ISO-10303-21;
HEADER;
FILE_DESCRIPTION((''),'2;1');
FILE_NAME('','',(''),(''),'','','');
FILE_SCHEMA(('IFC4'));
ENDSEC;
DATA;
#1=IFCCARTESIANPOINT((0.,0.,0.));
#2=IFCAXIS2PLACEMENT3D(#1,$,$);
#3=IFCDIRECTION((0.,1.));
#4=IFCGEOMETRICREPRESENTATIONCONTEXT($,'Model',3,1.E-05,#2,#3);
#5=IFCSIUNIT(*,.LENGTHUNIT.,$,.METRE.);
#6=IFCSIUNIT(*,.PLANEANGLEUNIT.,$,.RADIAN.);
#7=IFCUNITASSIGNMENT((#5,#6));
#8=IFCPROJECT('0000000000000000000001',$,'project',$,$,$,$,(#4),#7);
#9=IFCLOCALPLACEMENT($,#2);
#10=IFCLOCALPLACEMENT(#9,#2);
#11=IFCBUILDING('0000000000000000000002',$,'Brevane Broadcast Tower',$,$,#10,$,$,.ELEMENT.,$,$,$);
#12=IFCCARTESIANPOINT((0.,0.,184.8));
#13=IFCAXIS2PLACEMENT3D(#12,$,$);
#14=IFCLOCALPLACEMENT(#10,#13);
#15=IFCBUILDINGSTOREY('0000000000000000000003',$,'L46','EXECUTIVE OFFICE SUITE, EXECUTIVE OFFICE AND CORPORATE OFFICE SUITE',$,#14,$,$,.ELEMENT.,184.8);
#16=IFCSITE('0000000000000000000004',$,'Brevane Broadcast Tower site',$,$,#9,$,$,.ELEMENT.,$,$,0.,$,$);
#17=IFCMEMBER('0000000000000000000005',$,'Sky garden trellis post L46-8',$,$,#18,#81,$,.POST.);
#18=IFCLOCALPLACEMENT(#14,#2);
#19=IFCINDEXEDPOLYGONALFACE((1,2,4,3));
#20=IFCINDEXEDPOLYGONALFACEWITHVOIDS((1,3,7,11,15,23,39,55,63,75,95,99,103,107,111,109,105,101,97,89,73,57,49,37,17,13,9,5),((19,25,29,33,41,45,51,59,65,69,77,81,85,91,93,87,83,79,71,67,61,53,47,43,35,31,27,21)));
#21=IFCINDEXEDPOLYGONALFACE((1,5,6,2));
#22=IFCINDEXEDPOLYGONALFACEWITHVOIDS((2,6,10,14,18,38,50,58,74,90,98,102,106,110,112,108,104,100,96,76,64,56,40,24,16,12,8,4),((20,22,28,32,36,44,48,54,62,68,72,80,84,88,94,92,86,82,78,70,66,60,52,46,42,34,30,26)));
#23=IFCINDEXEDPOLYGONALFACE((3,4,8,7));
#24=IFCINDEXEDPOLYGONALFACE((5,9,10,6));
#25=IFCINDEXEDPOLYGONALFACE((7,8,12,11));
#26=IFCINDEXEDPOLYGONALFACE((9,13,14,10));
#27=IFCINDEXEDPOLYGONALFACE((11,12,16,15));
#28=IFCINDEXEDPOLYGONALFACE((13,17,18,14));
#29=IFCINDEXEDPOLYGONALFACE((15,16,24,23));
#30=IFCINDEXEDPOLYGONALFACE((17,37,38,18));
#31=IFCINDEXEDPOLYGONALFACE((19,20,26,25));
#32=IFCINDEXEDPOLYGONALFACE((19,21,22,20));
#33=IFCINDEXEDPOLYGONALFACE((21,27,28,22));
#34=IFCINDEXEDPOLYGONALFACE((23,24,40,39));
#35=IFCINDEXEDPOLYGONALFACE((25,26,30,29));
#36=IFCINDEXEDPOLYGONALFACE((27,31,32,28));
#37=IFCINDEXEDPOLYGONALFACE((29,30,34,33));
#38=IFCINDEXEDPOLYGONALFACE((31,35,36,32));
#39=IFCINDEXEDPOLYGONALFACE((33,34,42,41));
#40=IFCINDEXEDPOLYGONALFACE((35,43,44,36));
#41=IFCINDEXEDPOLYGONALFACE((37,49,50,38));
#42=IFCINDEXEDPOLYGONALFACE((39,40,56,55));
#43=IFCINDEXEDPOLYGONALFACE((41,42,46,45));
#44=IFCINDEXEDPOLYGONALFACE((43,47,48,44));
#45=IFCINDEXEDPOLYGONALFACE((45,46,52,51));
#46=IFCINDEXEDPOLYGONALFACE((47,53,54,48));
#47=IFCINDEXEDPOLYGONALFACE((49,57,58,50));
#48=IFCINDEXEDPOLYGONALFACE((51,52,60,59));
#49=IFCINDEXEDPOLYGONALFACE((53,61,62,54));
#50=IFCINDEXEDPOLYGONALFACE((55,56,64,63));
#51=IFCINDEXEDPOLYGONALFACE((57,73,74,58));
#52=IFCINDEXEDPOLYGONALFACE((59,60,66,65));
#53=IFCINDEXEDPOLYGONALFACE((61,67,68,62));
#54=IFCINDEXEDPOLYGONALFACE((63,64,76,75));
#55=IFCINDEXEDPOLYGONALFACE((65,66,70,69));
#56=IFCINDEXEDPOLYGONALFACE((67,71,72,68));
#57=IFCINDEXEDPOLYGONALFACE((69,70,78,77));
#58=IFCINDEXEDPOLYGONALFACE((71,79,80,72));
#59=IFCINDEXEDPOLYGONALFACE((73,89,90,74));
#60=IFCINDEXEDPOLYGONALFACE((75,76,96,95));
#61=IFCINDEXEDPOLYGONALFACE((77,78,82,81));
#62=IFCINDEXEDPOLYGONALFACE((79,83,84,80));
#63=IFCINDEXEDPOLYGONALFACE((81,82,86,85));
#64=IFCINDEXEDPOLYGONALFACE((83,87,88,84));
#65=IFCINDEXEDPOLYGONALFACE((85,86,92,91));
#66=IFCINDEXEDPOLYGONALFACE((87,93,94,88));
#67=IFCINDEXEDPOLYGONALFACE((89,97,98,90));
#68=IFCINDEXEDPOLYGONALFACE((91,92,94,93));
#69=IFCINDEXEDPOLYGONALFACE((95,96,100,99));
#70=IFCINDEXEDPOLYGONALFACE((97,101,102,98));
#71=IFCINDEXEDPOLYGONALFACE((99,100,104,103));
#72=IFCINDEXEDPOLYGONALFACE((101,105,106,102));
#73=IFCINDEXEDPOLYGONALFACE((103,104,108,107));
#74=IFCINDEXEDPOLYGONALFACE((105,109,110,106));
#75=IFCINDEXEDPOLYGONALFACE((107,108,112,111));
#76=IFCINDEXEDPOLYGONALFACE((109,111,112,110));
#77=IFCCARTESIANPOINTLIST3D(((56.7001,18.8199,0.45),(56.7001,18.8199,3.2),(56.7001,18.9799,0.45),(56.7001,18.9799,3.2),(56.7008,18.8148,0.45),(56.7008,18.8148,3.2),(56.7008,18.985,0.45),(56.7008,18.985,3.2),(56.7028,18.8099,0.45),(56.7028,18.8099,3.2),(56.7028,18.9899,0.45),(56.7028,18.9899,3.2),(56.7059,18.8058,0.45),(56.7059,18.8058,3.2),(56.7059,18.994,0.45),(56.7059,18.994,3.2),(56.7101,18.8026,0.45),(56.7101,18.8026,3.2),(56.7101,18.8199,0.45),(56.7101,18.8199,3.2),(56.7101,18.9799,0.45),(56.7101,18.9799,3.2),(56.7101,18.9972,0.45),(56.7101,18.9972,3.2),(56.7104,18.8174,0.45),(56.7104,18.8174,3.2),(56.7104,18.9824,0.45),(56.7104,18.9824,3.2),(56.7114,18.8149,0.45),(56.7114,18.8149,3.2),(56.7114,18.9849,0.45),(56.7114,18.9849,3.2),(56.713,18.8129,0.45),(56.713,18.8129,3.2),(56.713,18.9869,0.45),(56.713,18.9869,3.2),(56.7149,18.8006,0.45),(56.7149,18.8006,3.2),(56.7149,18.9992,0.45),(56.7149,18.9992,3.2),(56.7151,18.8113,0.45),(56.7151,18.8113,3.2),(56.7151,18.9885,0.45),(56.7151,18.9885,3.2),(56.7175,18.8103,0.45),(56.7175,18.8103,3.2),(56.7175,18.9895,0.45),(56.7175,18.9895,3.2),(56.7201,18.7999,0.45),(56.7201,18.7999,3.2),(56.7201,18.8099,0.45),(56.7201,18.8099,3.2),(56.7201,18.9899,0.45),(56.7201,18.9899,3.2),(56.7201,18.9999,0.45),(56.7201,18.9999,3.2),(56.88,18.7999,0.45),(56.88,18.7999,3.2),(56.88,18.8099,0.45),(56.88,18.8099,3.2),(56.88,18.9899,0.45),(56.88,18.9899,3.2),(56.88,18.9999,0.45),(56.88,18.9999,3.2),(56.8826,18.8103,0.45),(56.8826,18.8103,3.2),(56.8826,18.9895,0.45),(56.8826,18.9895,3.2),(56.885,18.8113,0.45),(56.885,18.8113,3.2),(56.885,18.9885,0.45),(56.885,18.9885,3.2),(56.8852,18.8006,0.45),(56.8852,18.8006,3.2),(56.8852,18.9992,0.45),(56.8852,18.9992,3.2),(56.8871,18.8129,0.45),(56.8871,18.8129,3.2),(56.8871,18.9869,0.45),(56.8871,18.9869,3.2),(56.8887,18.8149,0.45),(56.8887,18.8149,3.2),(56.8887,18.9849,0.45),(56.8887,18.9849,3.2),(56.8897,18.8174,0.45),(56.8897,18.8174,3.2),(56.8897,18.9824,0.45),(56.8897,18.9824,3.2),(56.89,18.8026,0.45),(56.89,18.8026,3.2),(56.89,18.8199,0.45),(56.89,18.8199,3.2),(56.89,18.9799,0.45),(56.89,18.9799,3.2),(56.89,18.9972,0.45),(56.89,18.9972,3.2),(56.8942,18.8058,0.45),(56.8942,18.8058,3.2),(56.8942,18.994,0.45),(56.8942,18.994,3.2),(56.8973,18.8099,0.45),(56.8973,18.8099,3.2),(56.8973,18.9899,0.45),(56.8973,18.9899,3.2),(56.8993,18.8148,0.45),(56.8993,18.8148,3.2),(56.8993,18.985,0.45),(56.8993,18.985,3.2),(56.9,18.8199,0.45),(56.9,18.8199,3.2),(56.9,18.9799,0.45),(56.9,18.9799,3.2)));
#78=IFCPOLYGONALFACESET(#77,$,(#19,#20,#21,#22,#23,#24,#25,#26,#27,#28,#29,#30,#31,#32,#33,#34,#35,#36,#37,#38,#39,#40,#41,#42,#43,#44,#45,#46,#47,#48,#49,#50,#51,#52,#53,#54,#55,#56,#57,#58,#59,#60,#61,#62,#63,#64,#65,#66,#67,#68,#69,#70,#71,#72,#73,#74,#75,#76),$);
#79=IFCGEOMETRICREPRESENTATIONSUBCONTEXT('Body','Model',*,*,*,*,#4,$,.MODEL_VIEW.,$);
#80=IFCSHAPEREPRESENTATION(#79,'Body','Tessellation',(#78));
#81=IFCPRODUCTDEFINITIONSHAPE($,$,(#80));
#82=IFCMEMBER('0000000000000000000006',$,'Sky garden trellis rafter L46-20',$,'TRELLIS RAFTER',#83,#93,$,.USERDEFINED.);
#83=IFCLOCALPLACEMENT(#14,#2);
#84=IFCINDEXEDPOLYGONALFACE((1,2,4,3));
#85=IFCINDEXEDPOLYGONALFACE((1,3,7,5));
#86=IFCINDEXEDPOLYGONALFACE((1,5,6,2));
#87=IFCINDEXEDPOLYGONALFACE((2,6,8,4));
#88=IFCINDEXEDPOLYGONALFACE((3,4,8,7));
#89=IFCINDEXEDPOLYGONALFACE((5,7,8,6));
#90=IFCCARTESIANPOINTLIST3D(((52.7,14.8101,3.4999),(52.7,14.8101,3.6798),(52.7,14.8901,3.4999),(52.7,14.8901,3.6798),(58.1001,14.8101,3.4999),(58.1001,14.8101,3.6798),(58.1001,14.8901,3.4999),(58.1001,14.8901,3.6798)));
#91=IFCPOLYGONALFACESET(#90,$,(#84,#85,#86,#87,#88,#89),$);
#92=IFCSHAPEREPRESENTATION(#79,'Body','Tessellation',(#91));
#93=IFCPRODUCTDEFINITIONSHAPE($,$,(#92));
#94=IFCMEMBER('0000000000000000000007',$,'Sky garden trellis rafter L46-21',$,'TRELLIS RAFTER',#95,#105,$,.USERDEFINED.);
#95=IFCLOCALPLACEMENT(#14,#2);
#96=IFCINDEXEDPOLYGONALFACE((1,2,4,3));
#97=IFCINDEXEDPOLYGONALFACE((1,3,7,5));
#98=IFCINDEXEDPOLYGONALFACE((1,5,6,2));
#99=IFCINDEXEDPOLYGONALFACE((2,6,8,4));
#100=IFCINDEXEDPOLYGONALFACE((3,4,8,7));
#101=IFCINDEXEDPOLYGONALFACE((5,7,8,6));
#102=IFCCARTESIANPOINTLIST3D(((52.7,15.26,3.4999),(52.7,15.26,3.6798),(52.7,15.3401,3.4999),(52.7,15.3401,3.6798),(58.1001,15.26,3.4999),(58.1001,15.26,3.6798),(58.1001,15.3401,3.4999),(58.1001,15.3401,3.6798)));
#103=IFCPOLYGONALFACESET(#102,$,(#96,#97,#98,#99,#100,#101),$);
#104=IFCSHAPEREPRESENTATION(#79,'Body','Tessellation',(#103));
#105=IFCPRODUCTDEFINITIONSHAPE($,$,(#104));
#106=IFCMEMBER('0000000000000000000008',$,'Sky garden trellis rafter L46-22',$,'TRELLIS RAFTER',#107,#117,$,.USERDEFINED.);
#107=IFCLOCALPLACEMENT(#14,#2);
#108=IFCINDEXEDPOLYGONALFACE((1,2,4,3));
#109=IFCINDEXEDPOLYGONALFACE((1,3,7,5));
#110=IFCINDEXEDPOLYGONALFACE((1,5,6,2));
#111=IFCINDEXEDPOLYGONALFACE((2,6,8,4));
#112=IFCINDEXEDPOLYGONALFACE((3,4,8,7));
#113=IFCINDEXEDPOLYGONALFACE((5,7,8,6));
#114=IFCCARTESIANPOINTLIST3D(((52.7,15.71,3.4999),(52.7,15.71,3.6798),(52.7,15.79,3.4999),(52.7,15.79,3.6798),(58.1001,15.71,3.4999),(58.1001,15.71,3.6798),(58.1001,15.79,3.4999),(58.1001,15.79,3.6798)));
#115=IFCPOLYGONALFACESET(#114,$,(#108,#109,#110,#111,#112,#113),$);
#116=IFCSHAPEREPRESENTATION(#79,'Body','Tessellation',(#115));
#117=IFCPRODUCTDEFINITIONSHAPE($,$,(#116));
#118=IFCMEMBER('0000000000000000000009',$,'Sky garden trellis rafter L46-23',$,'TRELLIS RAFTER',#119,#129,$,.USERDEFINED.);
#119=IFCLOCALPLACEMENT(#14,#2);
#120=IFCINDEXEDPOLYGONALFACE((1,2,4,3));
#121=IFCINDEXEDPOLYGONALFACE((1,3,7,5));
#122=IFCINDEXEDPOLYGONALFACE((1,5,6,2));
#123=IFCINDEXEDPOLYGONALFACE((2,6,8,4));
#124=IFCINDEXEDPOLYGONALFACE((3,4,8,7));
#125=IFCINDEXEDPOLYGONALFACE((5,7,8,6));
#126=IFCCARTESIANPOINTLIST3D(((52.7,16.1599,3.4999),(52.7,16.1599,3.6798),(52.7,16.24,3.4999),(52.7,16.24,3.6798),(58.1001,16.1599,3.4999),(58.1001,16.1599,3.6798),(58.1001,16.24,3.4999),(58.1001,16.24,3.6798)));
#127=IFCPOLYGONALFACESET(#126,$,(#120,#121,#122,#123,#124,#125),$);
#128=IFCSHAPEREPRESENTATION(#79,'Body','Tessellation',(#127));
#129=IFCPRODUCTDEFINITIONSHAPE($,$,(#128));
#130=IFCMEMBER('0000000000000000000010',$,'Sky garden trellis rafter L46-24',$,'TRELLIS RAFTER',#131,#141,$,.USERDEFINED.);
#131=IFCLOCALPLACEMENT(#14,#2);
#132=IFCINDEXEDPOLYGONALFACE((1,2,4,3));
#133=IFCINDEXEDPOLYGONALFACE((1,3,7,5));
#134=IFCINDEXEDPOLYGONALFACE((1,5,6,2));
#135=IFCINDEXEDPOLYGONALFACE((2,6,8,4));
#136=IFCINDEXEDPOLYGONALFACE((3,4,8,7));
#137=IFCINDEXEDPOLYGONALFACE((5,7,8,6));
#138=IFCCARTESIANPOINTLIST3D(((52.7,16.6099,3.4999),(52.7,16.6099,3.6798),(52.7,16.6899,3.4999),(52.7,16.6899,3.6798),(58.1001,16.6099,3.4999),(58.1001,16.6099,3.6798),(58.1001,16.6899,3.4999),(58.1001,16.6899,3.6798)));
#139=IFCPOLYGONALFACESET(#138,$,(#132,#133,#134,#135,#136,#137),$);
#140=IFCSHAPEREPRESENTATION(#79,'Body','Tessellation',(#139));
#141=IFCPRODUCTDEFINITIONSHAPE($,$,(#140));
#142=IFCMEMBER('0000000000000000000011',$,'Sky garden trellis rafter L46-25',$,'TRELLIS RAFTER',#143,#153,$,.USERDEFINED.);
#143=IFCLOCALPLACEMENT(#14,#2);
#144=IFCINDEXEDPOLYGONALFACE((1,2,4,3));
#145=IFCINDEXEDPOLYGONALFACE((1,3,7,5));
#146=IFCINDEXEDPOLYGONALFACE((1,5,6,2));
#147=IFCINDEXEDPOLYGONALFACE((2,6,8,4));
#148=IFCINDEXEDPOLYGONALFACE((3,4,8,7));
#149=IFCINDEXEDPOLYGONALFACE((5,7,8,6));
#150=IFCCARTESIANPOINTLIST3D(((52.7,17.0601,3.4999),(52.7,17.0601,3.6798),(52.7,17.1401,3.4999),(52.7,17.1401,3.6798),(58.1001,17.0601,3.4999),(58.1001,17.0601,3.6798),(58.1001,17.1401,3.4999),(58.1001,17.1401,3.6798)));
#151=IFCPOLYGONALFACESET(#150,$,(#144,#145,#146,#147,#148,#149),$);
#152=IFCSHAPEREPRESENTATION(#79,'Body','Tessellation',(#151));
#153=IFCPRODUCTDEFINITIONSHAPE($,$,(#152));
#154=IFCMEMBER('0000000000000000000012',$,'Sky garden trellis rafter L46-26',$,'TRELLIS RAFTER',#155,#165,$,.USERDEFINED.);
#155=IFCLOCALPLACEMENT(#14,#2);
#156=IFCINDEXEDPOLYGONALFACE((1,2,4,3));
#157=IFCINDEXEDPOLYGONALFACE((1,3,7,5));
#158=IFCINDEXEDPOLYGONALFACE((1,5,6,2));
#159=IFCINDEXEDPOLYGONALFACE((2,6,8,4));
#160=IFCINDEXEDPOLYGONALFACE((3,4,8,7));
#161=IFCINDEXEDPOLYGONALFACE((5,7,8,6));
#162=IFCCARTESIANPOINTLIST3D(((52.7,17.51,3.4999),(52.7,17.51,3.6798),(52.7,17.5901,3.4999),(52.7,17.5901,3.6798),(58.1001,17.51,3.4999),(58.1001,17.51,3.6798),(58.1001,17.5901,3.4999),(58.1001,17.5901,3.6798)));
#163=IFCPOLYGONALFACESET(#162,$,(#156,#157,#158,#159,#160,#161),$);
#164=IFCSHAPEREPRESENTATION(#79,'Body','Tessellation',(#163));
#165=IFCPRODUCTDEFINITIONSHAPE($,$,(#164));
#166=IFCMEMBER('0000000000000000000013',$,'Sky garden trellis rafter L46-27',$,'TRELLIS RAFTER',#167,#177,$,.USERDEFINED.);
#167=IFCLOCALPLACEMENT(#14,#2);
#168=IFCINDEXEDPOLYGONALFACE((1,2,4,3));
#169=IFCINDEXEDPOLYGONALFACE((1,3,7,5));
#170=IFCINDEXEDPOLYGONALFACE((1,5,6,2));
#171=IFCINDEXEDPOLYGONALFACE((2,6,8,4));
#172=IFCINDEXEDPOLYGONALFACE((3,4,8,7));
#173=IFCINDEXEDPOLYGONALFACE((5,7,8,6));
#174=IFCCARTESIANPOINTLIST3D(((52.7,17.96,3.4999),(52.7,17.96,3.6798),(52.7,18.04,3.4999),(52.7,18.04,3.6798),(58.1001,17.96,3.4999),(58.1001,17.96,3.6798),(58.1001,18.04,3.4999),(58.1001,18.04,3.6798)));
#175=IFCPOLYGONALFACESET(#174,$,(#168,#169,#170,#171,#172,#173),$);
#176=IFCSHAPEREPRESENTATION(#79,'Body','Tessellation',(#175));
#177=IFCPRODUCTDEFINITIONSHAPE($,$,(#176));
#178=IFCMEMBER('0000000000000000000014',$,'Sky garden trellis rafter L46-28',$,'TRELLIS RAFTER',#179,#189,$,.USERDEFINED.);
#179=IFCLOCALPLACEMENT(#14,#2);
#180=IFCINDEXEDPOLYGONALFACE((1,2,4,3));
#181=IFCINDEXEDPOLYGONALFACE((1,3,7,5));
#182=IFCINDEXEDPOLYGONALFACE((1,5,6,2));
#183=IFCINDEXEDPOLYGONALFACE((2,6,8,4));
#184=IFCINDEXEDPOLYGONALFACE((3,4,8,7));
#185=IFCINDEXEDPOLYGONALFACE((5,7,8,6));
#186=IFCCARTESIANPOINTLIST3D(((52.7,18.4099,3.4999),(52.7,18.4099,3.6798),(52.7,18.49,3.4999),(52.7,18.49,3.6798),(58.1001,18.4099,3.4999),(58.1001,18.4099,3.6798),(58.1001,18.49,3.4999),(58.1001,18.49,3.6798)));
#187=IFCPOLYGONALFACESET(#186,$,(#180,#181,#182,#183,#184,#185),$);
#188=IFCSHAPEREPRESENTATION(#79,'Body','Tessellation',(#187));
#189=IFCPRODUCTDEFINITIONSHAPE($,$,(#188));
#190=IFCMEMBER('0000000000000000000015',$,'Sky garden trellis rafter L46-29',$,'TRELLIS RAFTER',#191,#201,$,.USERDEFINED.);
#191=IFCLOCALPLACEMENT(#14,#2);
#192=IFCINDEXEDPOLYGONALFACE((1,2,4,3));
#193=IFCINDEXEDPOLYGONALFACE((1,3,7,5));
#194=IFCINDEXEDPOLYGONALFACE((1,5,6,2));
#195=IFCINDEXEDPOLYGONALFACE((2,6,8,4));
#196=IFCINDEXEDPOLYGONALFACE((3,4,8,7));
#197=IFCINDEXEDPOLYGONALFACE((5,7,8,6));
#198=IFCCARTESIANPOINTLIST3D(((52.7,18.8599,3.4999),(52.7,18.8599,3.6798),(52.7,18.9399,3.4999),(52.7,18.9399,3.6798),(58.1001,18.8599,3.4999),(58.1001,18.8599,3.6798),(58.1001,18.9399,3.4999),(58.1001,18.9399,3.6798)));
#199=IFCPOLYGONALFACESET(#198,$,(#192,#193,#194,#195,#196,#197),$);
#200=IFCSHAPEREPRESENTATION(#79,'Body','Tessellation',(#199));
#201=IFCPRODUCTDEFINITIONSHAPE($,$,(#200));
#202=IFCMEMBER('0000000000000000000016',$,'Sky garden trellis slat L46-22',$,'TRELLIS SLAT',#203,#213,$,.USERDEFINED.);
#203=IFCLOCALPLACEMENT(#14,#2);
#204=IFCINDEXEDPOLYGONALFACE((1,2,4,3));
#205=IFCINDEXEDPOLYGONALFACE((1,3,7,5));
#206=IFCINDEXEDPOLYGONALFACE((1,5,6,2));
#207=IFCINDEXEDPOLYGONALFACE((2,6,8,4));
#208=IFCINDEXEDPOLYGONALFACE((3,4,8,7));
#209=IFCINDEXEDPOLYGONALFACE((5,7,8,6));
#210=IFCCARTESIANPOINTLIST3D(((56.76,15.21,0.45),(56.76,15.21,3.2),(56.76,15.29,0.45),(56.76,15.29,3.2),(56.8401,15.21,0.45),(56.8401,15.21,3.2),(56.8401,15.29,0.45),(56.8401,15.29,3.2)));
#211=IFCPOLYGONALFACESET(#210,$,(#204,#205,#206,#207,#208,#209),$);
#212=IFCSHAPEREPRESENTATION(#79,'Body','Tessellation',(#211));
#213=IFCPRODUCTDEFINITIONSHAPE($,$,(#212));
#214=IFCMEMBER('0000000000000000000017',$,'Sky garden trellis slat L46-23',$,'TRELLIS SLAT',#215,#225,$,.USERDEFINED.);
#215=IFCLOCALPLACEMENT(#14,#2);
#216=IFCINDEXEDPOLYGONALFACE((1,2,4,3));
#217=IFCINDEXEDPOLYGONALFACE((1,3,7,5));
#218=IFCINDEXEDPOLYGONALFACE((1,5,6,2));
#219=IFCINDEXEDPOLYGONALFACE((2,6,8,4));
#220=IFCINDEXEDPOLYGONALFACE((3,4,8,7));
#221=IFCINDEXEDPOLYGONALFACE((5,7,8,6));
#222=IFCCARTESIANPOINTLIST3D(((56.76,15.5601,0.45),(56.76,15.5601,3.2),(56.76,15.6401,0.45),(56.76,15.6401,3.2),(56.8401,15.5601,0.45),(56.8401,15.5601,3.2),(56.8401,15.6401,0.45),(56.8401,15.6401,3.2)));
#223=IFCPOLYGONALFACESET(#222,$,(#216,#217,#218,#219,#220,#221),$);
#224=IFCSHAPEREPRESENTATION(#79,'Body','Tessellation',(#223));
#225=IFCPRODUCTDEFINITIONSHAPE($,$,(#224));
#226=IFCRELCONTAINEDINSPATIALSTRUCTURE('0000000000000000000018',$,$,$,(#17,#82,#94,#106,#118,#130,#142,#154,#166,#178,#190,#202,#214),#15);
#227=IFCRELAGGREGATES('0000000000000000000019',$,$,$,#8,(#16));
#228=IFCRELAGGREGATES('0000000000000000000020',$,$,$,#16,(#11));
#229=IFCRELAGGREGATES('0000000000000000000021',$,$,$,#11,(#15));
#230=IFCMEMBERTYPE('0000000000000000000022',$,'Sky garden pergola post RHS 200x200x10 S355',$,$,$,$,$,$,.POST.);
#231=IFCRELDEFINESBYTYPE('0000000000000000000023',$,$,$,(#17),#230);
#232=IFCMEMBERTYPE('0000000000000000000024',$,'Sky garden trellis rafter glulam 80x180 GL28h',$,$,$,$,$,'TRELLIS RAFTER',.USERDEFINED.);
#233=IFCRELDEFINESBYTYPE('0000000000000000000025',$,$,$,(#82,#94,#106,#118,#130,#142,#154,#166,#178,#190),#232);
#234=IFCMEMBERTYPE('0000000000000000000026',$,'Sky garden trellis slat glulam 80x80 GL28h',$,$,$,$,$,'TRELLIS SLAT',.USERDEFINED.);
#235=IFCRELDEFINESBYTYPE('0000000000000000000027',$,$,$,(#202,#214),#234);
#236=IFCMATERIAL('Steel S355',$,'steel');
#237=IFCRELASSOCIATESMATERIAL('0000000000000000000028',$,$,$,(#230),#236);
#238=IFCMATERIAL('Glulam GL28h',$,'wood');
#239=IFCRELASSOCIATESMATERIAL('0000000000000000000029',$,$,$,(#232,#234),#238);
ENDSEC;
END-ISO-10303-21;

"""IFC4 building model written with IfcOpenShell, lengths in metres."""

from ifc_helpers import new_model, si_unit, direction, frame, origin, origin_2d, place, context, subcontext, project, spatial, rectangle, hollow_rectangle, extrude, material, material_profile, profile_set, type_object, element, save


model = new_model("IFC4")

# Units and contexts
model_context = context("Model", 3, precision=1e-05, world=origin(), true_north=direction((0.0, 1.0)))
body_context = subcontext(model_context, "Body", "Model", "MODEL_VIEW")
ifc_project = project(units=[si_unit("LENGTHUNIT", "METRE"), si_unit("PLANEANGLEUNIT", "RADIAN")], contexts=[model_context])

# Site, building, storey
site_placement = place(None, origin())
site = spatial("IfcSite", under=ifc_project, at=site_placement, Name="Brevane Broadcast Tower site", CompositionType="ELEMENT", RefElevation=0.0)
building_placement = place(site_placement, origin())
building = spatial("IfcBuilding", under=site, at=building_placement, Name="Brevane Broadcast Tower", CompositionType="ELEMENT")
storey_placement = place(building_placement, frame((0.0, 0.0, 184.8)))
storey = spatial("IfcBuildingStorey", under=building, at=storey_placement, Name="L46", Description="EXECUTIVE OFFICE SUITE, EXECUTIVE OFFICE AND CORPORATE OFFICE SUITE", CompositionType="ELEMENT", Elevation=184.8)

# Members
ifc_material_1 = material(Name="Steel S355", Category="steel")
ifc_material_profile_1 = material_profile(ifc_material_1, hollow_rectangle(XDim=0.2, YDim=0.2, WallThickness=0.01, InnerFilletRadius=0.01, OuterFilletRadius=0.02, at=origin_2d()), Name="RHS 200x200x10")
ifc_profile_set_1 = profile_set([ifc_material_profile_1], Name="Steel S355")
member_type_1 = type_object("IfcMemberType", Name="Sky garden pergola post RHS 200x200x10 S355", PredefinedType="POST", material=ifc_profile_set_1)
for number, where, z_axis, x_axis, name in (
    (1, (56.8, 18.8999, 0.45), (0.0, 0.0, 1.0), (1.0, 0.0, 0.0), "Sky garden trellis post L46-8"),
):
    element("IfcMember", number, at=place(storey_placement, frame(where, z_axis=z_axis, x_axis=x_axis)), inside=storey, type_object=member_type_1, Name=name, PredefinedType="POST", context=body_context, shape_type="SweptSolid", body=[
        extrude(hollow_rectangle(XDim=0.2, YDim=0.2, WallThickness=0.01, InnerFilletRadius=0.01, OuterFilletRadius=0.02, at=origin_2d()), origin(), (0.0, 0.0, 1.0), 2.75),
    ])
ifc_material_2 = material(Name="Glulam GL28h", Category="wood")
ifc_material_profile_2 = material_profile(ifc_material_2, rectangle(XDim=0.0801, YDim=0.1799, at=origin_2d()), Name="RECT 80x180")
ifc_profile_set_2 = profile_set([ifc_material_profile_2], Name="Glulam GL28h")
member_type_2 = type_object("IfcMemberType", Name="Sky garden trellis rafter glulam 80x180 GL28h", ElementType="TRELLIS RAFTER", PredefinedType="USERDEFINED", material=ifc_profile_set_2)
for number, where, z_axis, x_axis, name in (
    (2, (52.7, 14.8501, 3.5898), (1.0, 0.0, 0.0), (0.0, 1.0, 0.0), "Sky garden trellis rafter L46-20"),
    (3, (52.7, 15.3, 3.5898), (1.0, 0.0, 0.0), (0.0, 1.0, 0.0), "Sky garden trellis rafter L46-21"),
    (4, (52.7, 15.75, 3.5898), (1.0, 0.0, 0.0), (0.0, 1.0, 0.0), "Sky garden trellis rafter L46-22"),
    (5, (52.7, 16.2, 3.5898), (1.0, 0.0, 0.0), (0.0, 1.0, 0.0), "Sky garden trellis rafter L46-23"),
    (6, (52.7, 16.6499, 3.5898), (1.0, 0.0, 0.0), (0.0, 1.0, 0.0), "Sky garden trellis rafter L46-24"),
    (7, (52.7, 17.1001, 3.5898), (1.0, 0.0, 0.0), (0.0, 1.0, 0.0), "Sky garden trellis rafter L46-25"),
    (8, (52.7, 17.55, 3.5898), (1.0, 0.0, 0.0), (0.0, 1.0, 0.0), "Sky garden trellis rafter L46-26"),
    (9, (52.7, 18.0, 3.5898), (1.0, 0.0, 0.0), (0.0, 1.0, 0.0), "Sky garden trellis rafter L46-27"),
    (10, (52.7, 18.45, 3.5898), (1.0, 0.0, 0.0), (0.0, 1.0, 0.0), "Sky garden trellis rafter L46-28"),
    (11, (52.7, 18.8999, 3.5898), (1.0, 0.0, 0.0), (0.0, 1.0, 0.0), "Sky garden trellis rafter L46-29"),
):
    element("IfcMember", number, at=place(storey_placement, frame(where, z_axis=z_axis, x_axis=x_axis)), inside=storey, type_object=member_type_2, Name=name, ObjectType="TRELLIS RAFTER", PredefinedType="USERDEFINED", context=body_context, shape_type="SweptSolid", body=[
        extrude(rectangle(XDim=0.0801, YDim=0.1799, at=origin_2d()), origin(), (0.0, 0.0, 1.0), 5.4001),
    ])
ifc_material_profile_3 = material_profile(ifc_material_2, rectangle(XDim=0.0801, YDim=0.0801, at=origin_2d()), Name="RECT 80x80")
ifc_profile_set_3 = profile_set([ifc_material_profile_3], Name="Glulam GL28h")
member_type_3 = type_object("IfcMemberType", Name="Sky garden trellis slat glulam 80x80 GL28h", ElementType="TRELLIS SLAT", PredefinedType="USERDEFINED", material=ifc_profile_set_3)
for number, where, z_axis, x_axis, name in (
    (12, (56.8, 15.25, 0.45), (0.0, 0.0, 1.0), (1.0, 0.0, 0.0), "Sky garden trellis slat L46-22"),
    (13, (56.8, 15.6001, 0.45), (0.0, 0.0, 1.0), (1.0, 0.0, 0.0), "Sky garden trellis slat L46-23"),
):
    element("IfcMember", number, at=place(storey_placement, frame(where, z_axis=z_axis, x_axis=x_axis)), inside=storey, type_object=member_type_3, Name=name, ObjectType="TRELLIS SLAT", PredefinedType="USERDEFINED", context=body_context, shape_type="SweptSolid", body=[
        extrude(rectangle(XDim=0.0801, YDim=0.0801, at=origin_2d()), origin(), (0.0, 0.0, 1.0), 2.75),
    ])

save(model, "model.ifc")
